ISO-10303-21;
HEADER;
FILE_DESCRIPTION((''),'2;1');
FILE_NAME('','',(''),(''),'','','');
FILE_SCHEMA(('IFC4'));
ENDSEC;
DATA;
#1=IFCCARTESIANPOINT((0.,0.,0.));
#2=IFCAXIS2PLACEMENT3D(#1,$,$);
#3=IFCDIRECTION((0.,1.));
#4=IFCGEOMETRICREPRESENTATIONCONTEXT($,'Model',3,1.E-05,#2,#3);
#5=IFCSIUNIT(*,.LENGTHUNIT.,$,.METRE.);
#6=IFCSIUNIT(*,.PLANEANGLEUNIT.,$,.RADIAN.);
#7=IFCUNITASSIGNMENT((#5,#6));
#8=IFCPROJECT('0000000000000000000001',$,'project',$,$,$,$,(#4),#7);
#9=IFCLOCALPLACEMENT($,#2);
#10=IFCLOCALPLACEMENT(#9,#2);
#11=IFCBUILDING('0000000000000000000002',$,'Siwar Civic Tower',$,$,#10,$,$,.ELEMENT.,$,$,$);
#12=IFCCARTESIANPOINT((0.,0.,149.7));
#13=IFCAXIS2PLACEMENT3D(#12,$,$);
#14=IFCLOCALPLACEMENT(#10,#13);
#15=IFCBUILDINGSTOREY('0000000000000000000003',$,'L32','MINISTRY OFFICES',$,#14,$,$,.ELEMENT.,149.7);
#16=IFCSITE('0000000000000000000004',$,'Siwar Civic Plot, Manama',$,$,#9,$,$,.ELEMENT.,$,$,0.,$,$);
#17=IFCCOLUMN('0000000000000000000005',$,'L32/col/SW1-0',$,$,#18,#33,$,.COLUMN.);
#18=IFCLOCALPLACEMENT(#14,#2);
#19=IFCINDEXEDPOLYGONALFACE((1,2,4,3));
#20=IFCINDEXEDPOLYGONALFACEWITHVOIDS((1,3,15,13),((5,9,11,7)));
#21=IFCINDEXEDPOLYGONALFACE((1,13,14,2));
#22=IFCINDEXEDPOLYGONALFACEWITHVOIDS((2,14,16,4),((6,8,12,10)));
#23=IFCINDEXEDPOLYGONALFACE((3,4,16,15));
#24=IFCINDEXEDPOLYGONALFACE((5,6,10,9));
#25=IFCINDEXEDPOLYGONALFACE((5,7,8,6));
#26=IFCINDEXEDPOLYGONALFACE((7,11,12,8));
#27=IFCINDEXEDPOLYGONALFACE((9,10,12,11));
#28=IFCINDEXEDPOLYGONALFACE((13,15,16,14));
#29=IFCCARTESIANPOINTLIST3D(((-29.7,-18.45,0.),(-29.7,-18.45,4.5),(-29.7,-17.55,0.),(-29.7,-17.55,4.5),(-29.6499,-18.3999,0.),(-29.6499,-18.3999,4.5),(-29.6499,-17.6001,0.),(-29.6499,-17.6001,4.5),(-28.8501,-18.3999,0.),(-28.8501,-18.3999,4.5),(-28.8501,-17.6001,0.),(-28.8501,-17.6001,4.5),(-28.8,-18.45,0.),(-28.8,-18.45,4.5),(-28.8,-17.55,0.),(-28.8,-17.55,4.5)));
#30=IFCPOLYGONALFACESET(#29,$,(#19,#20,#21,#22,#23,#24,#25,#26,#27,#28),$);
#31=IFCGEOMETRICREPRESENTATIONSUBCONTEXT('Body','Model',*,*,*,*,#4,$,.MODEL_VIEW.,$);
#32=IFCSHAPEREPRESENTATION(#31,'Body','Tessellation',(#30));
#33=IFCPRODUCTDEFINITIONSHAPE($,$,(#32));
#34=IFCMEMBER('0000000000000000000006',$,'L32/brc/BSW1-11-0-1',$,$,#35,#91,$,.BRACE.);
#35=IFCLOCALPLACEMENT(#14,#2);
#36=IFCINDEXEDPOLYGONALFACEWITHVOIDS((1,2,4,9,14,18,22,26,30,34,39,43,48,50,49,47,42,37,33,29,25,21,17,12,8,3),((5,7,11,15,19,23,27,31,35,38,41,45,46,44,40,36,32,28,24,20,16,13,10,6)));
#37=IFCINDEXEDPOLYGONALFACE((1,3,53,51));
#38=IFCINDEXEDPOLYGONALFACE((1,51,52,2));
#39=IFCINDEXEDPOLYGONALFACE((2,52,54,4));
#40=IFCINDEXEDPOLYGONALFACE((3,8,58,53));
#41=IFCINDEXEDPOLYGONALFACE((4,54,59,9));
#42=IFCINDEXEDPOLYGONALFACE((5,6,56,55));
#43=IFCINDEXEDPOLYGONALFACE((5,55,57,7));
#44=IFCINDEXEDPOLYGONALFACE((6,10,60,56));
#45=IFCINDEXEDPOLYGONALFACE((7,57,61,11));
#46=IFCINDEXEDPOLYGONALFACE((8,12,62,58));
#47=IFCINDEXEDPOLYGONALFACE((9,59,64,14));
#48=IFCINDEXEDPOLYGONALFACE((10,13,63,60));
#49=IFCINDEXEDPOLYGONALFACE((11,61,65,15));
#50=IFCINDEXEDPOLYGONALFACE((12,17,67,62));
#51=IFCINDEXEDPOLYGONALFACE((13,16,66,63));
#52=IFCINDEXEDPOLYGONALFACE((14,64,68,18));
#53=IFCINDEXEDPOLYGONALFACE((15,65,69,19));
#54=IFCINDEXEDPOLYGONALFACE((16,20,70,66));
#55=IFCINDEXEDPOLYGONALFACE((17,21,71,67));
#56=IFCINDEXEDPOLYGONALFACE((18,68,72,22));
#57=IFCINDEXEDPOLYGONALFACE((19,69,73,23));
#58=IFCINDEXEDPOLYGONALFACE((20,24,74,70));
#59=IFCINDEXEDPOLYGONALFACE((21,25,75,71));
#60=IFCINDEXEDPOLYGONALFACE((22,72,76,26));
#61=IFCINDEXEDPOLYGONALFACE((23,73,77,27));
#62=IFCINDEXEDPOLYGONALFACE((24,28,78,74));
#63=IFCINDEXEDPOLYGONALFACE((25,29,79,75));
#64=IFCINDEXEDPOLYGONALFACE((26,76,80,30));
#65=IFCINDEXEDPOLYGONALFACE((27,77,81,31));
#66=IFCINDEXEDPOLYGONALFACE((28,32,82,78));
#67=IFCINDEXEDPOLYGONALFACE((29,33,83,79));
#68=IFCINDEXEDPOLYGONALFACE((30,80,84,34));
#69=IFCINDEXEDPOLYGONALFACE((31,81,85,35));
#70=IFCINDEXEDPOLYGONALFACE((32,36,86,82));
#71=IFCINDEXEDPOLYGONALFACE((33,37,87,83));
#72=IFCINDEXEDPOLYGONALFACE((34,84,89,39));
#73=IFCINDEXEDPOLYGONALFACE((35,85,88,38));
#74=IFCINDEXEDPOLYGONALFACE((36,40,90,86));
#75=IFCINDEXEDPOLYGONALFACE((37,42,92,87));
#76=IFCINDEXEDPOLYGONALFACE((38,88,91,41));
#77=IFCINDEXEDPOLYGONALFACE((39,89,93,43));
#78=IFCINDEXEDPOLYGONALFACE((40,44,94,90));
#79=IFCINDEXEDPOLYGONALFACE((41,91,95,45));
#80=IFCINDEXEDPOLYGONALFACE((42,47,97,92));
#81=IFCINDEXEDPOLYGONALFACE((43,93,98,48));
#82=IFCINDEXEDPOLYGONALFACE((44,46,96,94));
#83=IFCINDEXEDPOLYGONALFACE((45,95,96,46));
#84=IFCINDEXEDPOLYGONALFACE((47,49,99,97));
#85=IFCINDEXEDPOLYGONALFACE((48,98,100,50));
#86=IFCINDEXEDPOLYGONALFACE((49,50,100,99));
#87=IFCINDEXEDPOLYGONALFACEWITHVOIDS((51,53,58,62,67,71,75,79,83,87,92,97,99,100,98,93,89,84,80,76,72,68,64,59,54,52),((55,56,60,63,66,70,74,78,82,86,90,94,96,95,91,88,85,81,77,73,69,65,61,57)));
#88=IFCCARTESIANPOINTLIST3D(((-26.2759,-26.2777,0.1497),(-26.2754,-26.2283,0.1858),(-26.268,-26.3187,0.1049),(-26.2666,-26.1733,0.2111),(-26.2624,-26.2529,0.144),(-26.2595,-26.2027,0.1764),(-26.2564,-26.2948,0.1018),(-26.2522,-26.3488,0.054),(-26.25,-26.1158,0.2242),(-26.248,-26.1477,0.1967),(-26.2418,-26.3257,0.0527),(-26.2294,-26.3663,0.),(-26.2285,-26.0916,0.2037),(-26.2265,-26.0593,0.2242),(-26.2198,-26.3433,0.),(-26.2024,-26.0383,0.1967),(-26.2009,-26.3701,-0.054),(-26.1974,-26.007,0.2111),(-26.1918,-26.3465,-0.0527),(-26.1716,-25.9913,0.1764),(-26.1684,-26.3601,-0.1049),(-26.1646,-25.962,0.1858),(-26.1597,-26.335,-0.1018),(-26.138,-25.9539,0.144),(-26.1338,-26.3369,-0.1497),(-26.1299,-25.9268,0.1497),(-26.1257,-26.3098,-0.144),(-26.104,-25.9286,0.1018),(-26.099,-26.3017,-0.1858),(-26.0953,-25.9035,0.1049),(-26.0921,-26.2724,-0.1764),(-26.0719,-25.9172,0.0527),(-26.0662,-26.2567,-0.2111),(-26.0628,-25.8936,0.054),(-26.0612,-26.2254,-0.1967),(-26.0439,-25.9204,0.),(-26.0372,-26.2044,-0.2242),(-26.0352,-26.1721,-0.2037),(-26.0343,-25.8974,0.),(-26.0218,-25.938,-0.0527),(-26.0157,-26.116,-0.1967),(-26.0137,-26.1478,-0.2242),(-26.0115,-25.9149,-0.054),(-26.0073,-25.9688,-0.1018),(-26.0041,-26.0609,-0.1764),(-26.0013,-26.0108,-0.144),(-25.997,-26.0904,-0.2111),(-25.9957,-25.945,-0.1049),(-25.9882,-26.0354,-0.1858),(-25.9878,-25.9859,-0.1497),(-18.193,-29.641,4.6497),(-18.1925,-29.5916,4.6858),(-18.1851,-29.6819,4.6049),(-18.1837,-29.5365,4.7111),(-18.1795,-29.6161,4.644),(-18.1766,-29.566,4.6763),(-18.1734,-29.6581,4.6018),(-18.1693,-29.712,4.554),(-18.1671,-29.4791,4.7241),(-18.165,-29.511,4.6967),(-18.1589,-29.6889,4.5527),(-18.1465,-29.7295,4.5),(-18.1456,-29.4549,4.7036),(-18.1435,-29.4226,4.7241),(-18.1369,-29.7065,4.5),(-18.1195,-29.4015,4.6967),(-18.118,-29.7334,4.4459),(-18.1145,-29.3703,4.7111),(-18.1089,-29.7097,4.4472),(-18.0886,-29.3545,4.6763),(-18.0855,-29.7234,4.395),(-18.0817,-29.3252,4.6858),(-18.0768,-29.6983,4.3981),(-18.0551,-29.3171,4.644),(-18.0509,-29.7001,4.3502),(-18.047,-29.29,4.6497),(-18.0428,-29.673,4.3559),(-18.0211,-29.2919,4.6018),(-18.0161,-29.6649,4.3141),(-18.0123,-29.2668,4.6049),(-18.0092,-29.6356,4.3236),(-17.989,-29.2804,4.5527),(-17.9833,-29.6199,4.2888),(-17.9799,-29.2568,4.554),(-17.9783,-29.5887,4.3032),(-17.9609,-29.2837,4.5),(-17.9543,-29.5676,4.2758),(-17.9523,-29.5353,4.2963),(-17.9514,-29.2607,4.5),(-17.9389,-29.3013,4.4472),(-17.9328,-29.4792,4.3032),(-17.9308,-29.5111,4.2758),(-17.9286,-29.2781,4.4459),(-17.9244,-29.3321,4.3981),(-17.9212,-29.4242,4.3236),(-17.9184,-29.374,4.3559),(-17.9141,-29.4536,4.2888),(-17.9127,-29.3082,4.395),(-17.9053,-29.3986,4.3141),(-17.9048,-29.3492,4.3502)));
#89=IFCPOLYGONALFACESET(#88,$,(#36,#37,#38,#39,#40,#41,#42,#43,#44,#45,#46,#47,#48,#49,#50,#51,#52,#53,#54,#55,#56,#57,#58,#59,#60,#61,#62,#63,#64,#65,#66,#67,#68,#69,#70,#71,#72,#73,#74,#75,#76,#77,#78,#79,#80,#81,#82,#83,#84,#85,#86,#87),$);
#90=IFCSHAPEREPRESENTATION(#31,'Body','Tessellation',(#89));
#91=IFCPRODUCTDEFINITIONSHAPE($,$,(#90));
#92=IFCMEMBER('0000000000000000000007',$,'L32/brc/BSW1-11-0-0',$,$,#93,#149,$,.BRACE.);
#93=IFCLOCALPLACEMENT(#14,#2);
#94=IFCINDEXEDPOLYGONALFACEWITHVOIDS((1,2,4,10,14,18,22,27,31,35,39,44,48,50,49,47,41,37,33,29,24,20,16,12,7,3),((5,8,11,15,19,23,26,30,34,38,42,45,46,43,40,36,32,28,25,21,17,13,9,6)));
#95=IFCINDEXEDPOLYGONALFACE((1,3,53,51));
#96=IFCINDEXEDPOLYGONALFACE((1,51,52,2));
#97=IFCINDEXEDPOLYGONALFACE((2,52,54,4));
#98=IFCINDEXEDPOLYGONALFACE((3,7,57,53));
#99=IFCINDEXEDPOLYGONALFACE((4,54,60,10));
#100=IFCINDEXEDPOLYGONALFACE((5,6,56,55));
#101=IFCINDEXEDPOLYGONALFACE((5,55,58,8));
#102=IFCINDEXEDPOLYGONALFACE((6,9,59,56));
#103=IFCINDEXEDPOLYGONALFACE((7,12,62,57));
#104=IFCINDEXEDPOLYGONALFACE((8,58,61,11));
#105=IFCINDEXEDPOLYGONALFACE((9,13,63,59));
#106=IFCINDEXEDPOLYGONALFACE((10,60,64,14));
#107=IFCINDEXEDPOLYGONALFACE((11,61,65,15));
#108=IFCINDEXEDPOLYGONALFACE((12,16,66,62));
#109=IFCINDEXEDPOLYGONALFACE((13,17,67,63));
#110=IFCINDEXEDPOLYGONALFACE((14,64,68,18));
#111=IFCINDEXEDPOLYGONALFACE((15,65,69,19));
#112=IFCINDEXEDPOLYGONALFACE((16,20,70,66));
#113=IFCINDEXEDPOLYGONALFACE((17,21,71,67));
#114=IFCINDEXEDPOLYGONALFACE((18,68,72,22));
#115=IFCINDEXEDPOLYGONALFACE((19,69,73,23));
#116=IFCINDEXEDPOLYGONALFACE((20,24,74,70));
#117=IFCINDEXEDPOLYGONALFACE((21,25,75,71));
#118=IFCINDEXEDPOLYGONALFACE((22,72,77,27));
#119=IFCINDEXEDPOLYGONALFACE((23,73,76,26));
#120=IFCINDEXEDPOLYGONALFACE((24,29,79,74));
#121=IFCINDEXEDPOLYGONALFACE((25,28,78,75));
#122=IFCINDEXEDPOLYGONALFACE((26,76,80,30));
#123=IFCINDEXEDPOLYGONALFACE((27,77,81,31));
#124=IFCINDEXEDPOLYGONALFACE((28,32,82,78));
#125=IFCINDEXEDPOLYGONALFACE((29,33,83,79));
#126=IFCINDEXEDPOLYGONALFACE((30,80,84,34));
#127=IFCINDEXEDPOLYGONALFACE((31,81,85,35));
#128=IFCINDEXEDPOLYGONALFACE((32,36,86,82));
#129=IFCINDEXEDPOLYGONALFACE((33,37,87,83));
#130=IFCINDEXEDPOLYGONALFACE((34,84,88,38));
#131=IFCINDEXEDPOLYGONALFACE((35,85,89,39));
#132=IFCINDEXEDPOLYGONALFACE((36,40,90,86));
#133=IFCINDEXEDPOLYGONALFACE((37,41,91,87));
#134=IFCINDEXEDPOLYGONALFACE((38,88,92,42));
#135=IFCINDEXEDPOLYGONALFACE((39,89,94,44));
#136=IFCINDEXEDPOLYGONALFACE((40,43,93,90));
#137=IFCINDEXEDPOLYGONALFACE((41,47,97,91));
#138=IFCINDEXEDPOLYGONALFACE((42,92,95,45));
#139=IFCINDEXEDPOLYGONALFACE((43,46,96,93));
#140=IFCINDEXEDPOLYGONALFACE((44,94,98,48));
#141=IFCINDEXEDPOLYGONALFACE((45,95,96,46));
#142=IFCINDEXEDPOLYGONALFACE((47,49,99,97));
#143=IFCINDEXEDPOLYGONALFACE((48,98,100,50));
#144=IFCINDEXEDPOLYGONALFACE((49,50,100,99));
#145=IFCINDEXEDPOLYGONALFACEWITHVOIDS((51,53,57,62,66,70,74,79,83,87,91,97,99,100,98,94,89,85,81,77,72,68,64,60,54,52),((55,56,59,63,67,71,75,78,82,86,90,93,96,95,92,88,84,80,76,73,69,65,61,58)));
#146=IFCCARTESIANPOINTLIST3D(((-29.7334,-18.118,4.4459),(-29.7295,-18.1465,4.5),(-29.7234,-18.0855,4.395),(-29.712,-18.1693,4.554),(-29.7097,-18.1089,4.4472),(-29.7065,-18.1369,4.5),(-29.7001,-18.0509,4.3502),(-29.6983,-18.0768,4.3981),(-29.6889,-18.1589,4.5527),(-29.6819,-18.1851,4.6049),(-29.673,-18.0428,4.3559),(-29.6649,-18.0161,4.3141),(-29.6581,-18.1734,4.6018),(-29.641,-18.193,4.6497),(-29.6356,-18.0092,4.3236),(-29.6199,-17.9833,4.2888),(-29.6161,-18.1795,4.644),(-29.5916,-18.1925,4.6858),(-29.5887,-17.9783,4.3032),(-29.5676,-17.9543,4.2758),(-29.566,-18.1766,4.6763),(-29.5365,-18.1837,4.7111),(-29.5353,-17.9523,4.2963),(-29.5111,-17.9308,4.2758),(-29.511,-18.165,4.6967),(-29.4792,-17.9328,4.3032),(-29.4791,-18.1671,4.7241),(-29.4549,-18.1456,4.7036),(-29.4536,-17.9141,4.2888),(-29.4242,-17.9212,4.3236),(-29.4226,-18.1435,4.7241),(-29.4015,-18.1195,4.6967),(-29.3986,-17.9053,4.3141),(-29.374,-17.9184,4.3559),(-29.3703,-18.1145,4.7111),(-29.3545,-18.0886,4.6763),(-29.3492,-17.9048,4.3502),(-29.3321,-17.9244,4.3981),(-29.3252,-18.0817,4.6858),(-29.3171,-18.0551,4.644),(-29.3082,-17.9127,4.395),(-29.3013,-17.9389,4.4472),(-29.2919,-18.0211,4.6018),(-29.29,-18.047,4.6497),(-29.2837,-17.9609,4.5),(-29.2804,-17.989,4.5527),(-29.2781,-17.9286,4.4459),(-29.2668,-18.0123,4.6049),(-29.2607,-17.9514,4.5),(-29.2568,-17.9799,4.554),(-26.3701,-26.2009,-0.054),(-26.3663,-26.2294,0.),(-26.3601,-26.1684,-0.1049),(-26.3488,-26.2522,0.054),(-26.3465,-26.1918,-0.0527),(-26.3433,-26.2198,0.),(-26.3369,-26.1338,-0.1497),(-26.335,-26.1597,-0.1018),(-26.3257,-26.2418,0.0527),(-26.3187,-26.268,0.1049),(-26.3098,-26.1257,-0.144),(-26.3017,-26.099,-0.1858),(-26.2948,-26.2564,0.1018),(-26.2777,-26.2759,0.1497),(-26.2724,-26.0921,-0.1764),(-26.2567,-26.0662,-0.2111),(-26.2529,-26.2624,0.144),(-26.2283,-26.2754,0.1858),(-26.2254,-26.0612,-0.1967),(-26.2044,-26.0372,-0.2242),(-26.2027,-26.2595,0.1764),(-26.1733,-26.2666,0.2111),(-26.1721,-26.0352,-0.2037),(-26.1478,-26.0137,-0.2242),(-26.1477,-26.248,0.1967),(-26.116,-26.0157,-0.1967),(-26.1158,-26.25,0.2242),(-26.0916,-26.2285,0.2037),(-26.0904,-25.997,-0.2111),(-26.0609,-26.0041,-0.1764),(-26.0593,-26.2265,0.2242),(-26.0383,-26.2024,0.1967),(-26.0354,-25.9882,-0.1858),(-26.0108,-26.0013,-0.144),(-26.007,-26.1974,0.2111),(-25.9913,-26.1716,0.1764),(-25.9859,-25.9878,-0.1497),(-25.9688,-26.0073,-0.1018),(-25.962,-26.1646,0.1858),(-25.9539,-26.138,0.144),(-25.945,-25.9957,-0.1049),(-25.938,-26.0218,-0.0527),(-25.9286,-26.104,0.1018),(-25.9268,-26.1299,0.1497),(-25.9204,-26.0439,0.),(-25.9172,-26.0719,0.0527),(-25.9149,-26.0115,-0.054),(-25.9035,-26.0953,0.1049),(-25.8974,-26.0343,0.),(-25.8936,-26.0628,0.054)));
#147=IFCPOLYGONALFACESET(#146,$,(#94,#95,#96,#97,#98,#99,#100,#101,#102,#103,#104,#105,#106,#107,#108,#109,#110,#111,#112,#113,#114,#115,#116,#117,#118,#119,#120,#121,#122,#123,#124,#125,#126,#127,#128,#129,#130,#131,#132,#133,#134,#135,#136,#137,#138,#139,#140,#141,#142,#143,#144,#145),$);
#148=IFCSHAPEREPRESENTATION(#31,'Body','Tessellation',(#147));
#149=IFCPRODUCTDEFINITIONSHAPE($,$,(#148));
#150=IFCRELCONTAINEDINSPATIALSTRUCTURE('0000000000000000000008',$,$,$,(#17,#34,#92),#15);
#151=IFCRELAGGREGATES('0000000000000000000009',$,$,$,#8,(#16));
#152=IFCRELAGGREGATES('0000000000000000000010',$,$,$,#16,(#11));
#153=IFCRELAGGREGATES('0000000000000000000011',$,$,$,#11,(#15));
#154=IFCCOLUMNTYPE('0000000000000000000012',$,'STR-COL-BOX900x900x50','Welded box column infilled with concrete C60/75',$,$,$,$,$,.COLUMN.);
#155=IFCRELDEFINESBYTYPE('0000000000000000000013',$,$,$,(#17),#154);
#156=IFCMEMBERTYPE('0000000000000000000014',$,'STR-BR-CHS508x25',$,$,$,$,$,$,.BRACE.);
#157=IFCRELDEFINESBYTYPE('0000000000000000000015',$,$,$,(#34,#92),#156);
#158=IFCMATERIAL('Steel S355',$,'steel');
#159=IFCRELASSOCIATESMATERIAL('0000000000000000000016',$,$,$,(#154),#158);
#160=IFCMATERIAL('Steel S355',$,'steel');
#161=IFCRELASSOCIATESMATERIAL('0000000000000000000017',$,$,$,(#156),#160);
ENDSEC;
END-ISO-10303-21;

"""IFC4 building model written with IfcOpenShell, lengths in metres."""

from ifc_helpers import new_model, si_unit, direction, frame, origin, origin_2d, place, context, subcontext, project, spatial, hollow_rectangle, hollow_circle, extrude, material, material_profile, profile_set, type_object, element, save


model = new_model("IFC4")

# Units and contexts
model_context = context("Model", 3, precision=1e-05, world=origin(), true_north=direction((0.0, 1.0)))
body_context = subcontext(model_context, "Body", "Model", "MODEL_VIEW")
ifc_project = project(units=[si_unit("LENGTHUNIT", "METRE"), si_unit("PLANEANGLEUNIT", "RADIAN")], contexts=[model_context])

# Site, building, storey
site_placement = place(None, origin())
site = spatial("IfcSite", under=ifc_project, at=site_placement, Name="Siwar Civic Plot, Manama", CompositionType="ELEMENT", RefElevation=0.0)
building_placement = place(site_placement, origin())
building = spatial("IfcBuilding", under=site, at=building_placement, Name="Siwar Civic Tower", CompositionType="ELEMENT")
storey_placement = place(building_placement, frame((0.0, 0.0, 149.7)))
storey = spatial("IfcBuildingStorey", under=building, at=storey_placement, Name="L32", Description="MINISTRY OFFICES", CompositionType="ELEMENT", Elevation=149.7)

# Column
ifc_material_1 = material(Name="Steel S355", Category="steel")
ifc_material_profile_1 = material_profile(ifc_material_1, hollow_rectangle(XDim=0.8999, YDim=0.8999, WallThickness=0.05, at=origin_2d()), Name="BOX900x900x50")
ifc_profile_set_1 = profile_set([ifc_material_profile_1], Name="Steel S355")
column_type = type_object("IfcColumnType", Name="STR-COL-BOX900x900x50", Description="Welded box column infilled with concrete C60/75", PredefinedType="COLUMN", material=ifc_profile_set_1)
column_placement = place(storey_placement, frame((-29.25, -18.0, 0.0), z_axis=(0.0, 0.0, 1.0), x_axis=(1.0, 0.0, 0.0)))
element("IfcColumn", 1, at=column_placement, inside=storey, type_object=column_type, Name="L32/col/SW1-0", PredefinedType="COLUMN", context=body_context, shape_type="SweptSolid", body=[
    extrude(hollow_rectangle(XDim=0.8999, YDim=0.8999, WallThickness=0.05, at=origin_2d()), origin(), (0.0, 0.0, 1.0), 4.5),
])

# Members
ifc_material_2 = material(Name="Steel S355", Category="steel")
ifc_material_profile_2 = material_profile(ifc_material_2, hollow_circle(Radius=0.2539, WallThickness=0.0249, at=origin_2d()), Name="CHS508x25")
ifc_profile_set_2 = profile_set([ifc_material_profile_2], Name="Steel S355")
member_type = type_object("IfcMemberType", Name="STR-BR-CHS508x25", PredefinedType="BRACE", material=ifc_profile_set_2)
for number, where, z_axis, x_axis, name in (
    (2, (-26.1318, -26.1318, 0.0), (0.821143, -0.341671, 0.457149), (0.384164, 0.923265, 0.0), "L32/brc/BSW1-11-0-1"),
    (3, (-26.1318, -26.1318, 0.0), (-0.341671, 0.821143, 0.457149), (-0.923265, -0.384164, 0.0), "L32/brc/BSW1-11-0-0"),
):
    element("IfcMember", number, at=place(storey_placement, frame(where, z_axis=z_axis, x_axis=x_axis)), inside=storey, type_object=member_type, Name=name, PredefinedType="BRACE", context=body_context, shape_type="SweptSolid", body=[
        extrude(hollow_circle(Radius=0.2539, WallThickness=0.0249, at=origin_2d()), origin(), (0.0, 0.0, 1.0), 9.8435),
    ])

save(model, "model.ifc")
